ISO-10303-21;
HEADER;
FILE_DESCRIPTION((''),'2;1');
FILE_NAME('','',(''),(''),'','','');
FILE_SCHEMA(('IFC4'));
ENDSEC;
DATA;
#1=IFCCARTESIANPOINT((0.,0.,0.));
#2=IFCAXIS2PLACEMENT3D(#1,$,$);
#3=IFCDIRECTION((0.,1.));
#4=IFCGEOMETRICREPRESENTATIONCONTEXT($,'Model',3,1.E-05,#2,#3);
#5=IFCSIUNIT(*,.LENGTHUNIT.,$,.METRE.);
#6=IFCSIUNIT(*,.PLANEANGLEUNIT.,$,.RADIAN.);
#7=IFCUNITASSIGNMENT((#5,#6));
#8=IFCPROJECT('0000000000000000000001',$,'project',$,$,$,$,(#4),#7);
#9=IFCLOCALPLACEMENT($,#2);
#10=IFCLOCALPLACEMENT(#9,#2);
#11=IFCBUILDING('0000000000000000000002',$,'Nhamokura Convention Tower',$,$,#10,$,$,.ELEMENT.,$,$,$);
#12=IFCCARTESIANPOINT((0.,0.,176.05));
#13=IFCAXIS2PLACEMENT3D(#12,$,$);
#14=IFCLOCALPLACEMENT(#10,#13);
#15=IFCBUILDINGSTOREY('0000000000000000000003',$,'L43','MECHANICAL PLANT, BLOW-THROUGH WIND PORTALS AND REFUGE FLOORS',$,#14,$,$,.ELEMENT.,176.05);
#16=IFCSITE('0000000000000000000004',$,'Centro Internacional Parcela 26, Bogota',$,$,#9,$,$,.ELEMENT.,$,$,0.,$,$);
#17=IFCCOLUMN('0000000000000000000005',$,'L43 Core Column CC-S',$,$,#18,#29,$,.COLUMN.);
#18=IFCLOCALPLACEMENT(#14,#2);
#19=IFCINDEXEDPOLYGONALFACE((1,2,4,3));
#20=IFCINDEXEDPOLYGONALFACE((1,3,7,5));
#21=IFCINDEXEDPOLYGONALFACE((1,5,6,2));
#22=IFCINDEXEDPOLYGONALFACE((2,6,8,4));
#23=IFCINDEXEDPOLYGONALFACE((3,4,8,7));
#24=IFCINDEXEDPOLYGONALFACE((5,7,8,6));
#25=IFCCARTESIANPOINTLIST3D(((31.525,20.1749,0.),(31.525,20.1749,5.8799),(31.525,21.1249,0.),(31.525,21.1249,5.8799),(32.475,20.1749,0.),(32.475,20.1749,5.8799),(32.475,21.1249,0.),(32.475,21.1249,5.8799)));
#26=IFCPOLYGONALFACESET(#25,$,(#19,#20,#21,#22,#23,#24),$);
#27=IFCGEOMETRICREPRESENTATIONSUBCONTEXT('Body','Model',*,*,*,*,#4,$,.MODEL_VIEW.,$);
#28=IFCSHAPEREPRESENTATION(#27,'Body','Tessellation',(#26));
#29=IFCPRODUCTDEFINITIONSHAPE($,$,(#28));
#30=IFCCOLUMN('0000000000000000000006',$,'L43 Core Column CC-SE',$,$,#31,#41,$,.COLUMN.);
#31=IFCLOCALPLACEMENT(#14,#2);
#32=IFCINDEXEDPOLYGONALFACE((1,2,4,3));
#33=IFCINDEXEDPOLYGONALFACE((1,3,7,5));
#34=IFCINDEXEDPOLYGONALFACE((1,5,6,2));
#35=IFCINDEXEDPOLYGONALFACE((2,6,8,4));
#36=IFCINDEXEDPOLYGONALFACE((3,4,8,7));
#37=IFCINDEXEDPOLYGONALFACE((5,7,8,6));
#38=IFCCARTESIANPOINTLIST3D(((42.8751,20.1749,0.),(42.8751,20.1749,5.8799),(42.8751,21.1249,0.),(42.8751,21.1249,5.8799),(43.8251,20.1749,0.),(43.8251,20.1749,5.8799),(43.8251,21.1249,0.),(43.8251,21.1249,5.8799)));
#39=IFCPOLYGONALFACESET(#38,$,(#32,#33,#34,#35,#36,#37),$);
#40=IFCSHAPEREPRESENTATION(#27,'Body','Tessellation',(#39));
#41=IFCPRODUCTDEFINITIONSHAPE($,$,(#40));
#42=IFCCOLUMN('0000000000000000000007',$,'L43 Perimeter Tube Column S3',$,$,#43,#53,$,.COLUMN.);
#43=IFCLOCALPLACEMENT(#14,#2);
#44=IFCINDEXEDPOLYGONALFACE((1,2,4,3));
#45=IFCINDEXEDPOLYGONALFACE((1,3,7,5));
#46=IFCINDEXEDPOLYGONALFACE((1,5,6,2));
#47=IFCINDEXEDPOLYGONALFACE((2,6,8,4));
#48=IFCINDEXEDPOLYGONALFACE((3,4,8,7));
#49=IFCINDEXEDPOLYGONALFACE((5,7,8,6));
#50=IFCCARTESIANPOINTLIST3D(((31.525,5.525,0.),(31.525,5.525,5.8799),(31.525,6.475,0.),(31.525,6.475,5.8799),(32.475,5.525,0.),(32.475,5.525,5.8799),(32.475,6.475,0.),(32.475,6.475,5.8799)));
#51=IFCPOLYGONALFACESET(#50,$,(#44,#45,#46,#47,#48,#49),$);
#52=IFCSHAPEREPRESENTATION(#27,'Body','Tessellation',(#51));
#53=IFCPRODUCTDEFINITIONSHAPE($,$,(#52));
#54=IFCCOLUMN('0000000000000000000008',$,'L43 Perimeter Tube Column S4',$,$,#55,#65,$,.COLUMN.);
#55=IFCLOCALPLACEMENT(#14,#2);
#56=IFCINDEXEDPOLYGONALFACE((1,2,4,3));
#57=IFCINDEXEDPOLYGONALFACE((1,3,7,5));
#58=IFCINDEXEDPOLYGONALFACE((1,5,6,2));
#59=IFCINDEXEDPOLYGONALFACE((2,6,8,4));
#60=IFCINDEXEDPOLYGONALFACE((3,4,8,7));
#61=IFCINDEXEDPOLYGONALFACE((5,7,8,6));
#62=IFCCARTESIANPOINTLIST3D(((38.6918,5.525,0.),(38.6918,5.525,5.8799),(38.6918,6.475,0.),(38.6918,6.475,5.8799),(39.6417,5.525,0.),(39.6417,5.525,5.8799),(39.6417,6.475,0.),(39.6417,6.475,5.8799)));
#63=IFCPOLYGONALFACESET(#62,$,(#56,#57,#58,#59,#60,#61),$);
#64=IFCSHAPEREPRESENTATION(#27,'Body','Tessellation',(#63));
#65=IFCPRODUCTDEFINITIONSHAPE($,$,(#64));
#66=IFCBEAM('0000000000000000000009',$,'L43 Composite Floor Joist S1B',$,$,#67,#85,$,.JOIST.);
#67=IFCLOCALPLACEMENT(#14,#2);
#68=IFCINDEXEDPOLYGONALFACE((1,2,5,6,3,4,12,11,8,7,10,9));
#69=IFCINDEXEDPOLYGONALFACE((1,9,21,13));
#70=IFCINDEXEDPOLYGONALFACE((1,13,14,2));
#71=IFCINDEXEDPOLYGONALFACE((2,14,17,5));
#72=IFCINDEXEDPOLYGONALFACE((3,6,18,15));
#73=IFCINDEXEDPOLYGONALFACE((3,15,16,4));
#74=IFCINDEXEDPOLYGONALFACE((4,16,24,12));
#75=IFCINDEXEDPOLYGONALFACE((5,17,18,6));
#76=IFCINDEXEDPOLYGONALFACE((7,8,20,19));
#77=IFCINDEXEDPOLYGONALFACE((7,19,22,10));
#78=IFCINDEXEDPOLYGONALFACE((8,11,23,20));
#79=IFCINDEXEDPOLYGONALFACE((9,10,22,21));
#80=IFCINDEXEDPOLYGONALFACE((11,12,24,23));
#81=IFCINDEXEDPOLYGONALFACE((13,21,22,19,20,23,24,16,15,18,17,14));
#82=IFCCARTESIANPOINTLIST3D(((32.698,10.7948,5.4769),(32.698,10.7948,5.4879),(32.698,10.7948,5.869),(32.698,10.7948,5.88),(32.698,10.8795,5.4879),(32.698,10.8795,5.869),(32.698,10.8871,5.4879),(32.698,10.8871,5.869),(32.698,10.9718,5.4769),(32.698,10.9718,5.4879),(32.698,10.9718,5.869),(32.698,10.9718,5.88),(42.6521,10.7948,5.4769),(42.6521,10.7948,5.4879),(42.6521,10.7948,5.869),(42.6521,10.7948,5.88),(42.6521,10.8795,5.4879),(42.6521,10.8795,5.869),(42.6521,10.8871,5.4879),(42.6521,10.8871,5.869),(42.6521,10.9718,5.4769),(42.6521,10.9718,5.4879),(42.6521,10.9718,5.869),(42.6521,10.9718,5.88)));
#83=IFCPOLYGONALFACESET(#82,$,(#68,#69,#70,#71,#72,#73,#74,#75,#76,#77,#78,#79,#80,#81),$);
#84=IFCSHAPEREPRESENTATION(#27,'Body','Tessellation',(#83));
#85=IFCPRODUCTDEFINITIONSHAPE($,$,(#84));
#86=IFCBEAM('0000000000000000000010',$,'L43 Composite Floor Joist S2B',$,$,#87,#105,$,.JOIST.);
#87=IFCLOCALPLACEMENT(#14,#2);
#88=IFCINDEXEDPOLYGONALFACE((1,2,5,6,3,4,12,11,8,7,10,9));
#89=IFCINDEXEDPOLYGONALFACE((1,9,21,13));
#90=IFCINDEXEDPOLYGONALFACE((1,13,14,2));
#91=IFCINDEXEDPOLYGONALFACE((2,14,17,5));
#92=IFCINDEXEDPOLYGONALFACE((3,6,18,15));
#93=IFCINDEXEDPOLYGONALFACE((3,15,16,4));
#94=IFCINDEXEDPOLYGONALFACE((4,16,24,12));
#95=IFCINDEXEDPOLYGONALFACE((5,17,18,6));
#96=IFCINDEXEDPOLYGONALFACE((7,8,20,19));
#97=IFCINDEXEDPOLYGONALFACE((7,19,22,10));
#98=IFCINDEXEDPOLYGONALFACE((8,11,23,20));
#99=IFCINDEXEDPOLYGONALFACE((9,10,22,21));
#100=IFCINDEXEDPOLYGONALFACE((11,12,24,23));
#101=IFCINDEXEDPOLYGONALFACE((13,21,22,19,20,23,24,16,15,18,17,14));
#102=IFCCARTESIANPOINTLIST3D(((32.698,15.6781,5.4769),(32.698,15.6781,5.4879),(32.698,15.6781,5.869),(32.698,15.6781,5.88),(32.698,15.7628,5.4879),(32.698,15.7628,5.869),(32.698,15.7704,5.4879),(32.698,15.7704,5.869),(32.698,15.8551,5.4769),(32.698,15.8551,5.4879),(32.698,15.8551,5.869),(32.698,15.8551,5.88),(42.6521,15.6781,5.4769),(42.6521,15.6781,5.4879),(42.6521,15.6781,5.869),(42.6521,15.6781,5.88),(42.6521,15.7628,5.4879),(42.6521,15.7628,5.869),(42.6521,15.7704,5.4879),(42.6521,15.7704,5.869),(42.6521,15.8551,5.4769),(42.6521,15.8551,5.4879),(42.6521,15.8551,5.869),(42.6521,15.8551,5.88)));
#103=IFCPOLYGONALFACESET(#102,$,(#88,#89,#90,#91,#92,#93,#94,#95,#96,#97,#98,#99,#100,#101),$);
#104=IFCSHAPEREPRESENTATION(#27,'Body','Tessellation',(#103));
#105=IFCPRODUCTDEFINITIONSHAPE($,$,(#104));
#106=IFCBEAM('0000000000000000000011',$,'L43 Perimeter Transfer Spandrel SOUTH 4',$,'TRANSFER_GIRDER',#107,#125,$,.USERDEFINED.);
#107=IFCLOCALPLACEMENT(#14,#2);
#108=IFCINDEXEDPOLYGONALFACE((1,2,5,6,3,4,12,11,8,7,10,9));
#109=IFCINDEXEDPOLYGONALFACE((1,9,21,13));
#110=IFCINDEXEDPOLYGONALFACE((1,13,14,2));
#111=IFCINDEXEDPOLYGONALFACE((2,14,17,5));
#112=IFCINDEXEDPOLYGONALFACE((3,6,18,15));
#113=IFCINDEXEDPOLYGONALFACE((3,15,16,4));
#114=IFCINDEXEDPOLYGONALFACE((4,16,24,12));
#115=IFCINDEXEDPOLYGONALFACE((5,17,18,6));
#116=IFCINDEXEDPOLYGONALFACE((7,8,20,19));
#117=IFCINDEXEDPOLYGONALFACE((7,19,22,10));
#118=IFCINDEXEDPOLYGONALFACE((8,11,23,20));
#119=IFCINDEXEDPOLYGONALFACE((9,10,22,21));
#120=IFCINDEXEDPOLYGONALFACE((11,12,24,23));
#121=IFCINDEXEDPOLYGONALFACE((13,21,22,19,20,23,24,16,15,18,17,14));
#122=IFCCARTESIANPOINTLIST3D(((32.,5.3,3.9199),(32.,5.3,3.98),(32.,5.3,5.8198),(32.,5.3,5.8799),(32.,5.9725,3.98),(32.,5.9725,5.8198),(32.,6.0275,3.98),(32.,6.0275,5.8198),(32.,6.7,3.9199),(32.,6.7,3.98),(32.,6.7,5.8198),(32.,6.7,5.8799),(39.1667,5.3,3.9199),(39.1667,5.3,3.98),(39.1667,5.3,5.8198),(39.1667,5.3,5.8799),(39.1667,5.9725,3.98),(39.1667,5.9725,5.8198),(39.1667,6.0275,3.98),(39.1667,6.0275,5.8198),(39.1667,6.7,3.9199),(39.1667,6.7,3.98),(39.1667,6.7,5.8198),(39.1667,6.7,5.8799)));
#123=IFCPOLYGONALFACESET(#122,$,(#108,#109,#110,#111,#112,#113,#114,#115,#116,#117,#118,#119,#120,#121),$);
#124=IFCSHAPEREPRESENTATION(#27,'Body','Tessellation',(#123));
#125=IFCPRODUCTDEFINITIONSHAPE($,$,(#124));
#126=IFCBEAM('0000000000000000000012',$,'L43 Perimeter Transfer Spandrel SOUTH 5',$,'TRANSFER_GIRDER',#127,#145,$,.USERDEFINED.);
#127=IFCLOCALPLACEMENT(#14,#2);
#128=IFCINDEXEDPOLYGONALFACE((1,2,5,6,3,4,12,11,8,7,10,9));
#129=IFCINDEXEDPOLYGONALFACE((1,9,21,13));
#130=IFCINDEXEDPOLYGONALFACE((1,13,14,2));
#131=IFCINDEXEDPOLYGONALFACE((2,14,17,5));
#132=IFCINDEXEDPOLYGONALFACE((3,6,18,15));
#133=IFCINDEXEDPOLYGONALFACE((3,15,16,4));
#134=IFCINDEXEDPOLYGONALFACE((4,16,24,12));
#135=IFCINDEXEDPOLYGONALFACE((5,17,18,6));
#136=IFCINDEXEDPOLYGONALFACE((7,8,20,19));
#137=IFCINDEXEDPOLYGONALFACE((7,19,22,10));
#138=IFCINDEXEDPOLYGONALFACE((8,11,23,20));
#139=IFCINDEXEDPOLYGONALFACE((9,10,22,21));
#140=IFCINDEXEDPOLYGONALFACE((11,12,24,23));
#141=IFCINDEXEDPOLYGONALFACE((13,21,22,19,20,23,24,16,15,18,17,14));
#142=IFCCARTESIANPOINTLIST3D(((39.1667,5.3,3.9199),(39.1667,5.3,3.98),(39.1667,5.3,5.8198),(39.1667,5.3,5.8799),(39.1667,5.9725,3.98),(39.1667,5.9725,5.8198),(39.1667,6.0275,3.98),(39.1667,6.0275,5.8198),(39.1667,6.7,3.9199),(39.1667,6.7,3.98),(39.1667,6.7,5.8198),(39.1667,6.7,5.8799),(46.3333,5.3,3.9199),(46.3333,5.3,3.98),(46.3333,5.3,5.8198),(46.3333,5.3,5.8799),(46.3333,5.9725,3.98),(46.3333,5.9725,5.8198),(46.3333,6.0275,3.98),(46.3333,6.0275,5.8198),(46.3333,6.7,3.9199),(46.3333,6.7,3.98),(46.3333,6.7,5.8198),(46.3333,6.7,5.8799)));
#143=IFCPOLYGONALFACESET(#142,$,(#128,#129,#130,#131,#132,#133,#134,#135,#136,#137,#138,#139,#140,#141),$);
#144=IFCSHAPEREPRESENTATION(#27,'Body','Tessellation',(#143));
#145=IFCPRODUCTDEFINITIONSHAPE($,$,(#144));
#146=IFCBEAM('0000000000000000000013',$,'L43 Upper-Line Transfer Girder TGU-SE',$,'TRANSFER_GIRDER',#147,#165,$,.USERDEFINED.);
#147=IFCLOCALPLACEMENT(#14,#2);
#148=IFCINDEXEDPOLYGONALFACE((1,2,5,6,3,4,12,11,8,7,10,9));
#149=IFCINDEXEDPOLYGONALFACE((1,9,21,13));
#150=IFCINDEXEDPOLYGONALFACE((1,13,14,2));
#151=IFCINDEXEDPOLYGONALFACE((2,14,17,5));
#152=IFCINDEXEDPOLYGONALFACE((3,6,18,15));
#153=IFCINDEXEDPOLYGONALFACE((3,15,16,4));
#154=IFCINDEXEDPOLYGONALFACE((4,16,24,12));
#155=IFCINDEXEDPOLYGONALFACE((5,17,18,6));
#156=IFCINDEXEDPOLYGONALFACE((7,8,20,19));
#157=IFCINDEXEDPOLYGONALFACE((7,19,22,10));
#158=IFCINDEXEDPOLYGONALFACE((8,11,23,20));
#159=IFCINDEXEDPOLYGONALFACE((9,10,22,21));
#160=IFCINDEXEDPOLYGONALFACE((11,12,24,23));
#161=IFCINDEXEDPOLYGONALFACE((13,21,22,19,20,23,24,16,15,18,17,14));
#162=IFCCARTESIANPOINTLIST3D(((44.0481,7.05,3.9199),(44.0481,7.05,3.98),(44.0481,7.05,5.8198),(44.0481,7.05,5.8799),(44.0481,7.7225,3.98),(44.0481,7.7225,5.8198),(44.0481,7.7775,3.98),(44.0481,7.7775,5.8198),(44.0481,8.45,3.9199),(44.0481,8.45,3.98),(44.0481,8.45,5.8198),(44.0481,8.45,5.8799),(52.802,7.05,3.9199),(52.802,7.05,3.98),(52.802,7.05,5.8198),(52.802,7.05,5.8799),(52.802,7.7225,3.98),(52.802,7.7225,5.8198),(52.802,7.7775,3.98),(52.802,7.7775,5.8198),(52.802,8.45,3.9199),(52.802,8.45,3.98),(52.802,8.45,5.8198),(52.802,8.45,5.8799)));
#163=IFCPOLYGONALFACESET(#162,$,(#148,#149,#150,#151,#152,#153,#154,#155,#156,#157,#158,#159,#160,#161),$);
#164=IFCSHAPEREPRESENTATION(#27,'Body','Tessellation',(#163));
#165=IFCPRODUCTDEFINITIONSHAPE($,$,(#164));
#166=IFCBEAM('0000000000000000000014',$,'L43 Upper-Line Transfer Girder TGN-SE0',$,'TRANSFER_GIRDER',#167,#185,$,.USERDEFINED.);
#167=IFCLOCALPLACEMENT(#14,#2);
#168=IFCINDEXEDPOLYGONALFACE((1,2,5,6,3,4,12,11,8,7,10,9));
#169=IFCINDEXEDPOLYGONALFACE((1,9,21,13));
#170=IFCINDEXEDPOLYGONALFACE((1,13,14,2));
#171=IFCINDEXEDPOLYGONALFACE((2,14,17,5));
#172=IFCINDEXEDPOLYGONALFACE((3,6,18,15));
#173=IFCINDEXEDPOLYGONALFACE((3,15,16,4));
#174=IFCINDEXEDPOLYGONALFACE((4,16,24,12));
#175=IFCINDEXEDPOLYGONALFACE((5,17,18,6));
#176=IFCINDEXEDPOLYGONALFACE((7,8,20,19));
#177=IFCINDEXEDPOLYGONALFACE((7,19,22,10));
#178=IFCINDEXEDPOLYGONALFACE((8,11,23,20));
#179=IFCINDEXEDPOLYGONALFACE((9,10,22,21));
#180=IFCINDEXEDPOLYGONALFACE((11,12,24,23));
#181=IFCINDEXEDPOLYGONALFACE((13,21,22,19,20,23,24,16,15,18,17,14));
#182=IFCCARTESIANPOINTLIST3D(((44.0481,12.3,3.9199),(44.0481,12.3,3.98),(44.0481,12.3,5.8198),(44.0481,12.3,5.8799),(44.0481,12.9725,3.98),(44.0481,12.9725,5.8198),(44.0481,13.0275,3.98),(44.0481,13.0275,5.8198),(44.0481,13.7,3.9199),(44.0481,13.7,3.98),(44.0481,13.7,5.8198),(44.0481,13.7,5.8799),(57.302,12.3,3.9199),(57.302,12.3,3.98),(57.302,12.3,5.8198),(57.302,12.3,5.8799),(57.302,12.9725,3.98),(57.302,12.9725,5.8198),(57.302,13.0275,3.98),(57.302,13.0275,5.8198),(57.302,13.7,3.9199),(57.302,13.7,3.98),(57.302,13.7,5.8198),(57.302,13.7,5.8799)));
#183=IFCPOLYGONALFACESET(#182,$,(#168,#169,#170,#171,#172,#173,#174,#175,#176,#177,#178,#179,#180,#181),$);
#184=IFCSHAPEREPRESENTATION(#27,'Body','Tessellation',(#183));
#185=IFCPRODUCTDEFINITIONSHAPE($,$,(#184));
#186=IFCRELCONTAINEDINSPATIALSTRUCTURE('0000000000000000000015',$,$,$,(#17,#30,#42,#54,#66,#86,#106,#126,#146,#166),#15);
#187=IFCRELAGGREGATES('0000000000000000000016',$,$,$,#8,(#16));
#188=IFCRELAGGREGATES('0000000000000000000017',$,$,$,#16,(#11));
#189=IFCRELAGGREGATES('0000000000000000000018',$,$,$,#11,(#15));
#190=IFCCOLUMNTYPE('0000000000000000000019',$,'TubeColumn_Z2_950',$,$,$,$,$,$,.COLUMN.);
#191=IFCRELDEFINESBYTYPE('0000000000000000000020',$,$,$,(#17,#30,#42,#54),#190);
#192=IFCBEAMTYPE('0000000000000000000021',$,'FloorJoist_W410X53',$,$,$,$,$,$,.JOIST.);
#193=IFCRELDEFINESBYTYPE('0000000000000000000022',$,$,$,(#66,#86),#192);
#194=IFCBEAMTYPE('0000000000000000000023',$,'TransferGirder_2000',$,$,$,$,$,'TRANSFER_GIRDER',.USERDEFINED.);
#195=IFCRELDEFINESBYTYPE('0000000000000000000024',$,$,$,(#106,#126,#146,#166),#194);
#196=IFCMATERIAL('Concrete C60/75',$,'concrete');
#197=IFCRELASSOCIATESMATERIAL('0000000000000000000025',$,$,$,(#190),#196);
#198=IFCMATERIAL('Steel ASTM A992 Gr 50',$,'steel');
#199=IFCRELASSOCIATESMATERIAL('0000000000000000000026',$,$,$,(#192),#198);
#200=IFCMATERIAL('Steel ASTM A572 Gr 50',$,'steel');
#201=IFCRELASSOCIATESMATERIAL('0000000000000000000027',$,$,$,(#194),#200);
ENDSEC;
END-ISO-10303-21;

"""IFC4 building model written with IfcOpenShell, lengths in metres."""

from ifc_helpers import new_model, si_unit, direction, frame, origin, origin_2d, place, context, subcontext, project, spatial, rectangle, i_section, extrude, material, material_profile, profile_set, type_object, element, save


model = new_model("IFC4")

# Units and contexts
model_context = context("Model", 3, precision=1e-05, world=origin(), true_north=direction((0.0, 1.0)))
body_context = subcontext(model_context, "Body", "Model", "MODEL_VIEW")
ifc_project = project(units=[si_unit("LENGTHUNIT", "METRE"), si_unit("PLANEANGLEUNIT", "RADIAN")], contexts=[model_context])

# Site, building, storey
site_placement = place(None, origin())
site = spatial("IfcSite", under=ifc_project, at=site_placement, Name="Centro Internacional Parcela 26, Bogota", CompositionType="ELEMENT", RefElevation=0.0)
building_placement = place(site_placement, origin())
building = spatial("IfcBuilding", under=site, at=building_placement, Name="Nhamokura Convention Tower", CompositionType="ELEMENT")
storey_placement = place(building_placement, frame((0.0, 0.0, 176.05)))
storey = spatial("IfcBuildingStorey", under=building, at=storey_placement, Name="L43", Description="MECHANICAL PLANT, BLOW-THROUGH WIND PORTALS AND REFUGE FLOORS", CompositionType="ELEMENT", Elevation=176.05)

# Columns
ifc_material_1 = material(Name="Concrete C60/75", Category="concrete")
ifc_material_profile_1 = material_profile(ifc_material_1, rectangle(XDim=0.95, YDim=0.95, at=origin_2d()))
ifc_profile_set_1 = profile_set([ifc_material_profile_1], Name="Concrete C60/75")
column_type = type_object("IfcColumnType", Name="TubeColumn_Z2_950", PredefinedType="COLUMN", material=ifc_profile_set_1)
for number, where, z_axis, x_axis, name in (
    (1, (32.0, 20.6499, 0.0), (0.0, 0.0, 1.0), (1.0, 0.0, 0.0), "L43 Core Column CC-S"),
    (2, (43.3501, 20.6499, 0.0), (0.0, 0.0, 1.0), (1.0, 0.0, 0.0), "L43 Core Column CC-SE"),
    (3, (32.0, 6.0, 0.0), (0.0, 0.0, 1.0), (1.0, 0.0, 0.0), "L43 Perimeter Tube Column S3"),
    (4, (39.1667, 6.0, 0.0), (0.0, 0.0, 1.0), (1.0, 0.0, 0.0), "L43 Perimeter Tube Column S4"),
):
    element("IfcColumn", number, at=place(storey_placement, frame(where, z_axis=z_axis, x_axis=x_axis)), inside=storey, type_object=column_type, Name=name, PredefinedType="COLUMN", context=body_context, shape_type="SweptSolid", body=[
        extrude(rectangle(XDim=0.95, YDim=0.95, at=origin_2d()), origin(), (0.0, 0.0, 1.0), 5.8799),
    ])

# Beams
ifc_material_2 = material(Name="Steel ASTM A992 Gr 50", Category="steel")
ifc_material_profile_2 = material_profile(ifc_material_2, i_section(OverallWidth=0.177, OverallDepth=0.4031, WebThickness=0.0076, FlangeThickness=0.011, at=origin_2d()))
ifc_profile_set_2 = profile_set([ifc_material_profile_2], Name="Steel ASTM A992 Gr 50")
beam_type_1 = type_object("IfcBeamType", Name="FloorJoist_W410X53", PredefinedType="JOIST", material=ifc_profile_set_2)
for number, where, z_axis, x_axis, name in (
    (5, (32.698, 10.8833, 5.6785), (1.0, 0.0, 0.0), (0.0, 1.0, 0.0), "L43 Composite Floor Joist S1B"),
    (6, (32.698, 15.7666, 5.6785), (1.0, 0.0, 0.0), (0.0, 1.0, 0.0), "L43 Composite Floor Joist S2B"),
):
    element("IfcBeam", number, at=place(storey_placement, frame(where, z_axis=z_axis, x_axis=x_axis)), inside=storey, type_object=beam_type_1, Name=name, PredefinedType="JOIST", context=body_context, shape_type="SweptSolid", body=[
        extrude(i_section(OverallWidth=0.177, OverallDepth=0.4031, WebThickness=0.0076, FlangeThickness=0.011, at=origin_2d()), origin(), (0.0, 0.0, 1.0), 9.9541),
    ])
ifc_material_3 = material(Name="Steel ASTM A572 Gr 50", Category="steel")
ifc_material_profile_3 = material_profile(ifc_material_3, i_section(OverallWidth=1.3999, OverallDepth=1.96, WebThickness=0.0549, FlangeThickness=0.0601, at=origin_2d()))
ifc_profile_set_3 = profile_set([ifc_material_profile_3], Name="Steel ASTM A572 Gr 50")
beam_type_2 = type_object("IfcBeamType", Name="TransferGirder_2000", ElementType="TRANSFER_GIRDER", PredefinedType="USERDEFINED", material=ifc_profile_set_3)
beam_1_placement = place(storey_placement, frame((32.0, 6.0, 4.8999), z_axis=(1.0, 0.0, 0.0), x_axis=(0.0, 1.0, 0.0)))
element("IfcBeam", 7, at=beam_1_placement, inside=storey, type_object=beam_type_2, Name="L43 Perimeter Transfer Spandrel SOUTH 4", ObjectType="TRANSFER_GIRDER", PredefinedType="USERDEFINED", context=body_context, shape_type="SweptSolid", body=[
    extrude(i_section(OverallWidth=1.3999, OverallDepth=1.96, WebThickness=0.0549, FlangeThickness=0.0601, at=origin_2d()), origin(), (0.0, 0.0, 1.0), 7.1667),
])
beam_2_placement = place(storey_placement, frame((39.1667, 6.0, 4.8999), z_axis=(1.0, 0.0, 0.0), x_axis=(0.0, 1.0, 0.0)))
element("IfcBeam", 8, at=beam_2_placement, inside=storey, type_object=beam_type_2, Name="L43 Perimeter Transfer Spandrel SOUTH 5", ObjectType="TRANSFER_GIRDER", PredefinedType="USERDEFINED", context=body_context, shape_type="SweptSolid", body=[
    extrude(i_section(OverallWidth=1.3999, OverallDepth=1.96, WebThickness=0.0549, FlangeThickness=0.0601, at=origin_2d()), origin(), (0.0, 0.0, 1.0), 7.1665),
])
beam_3_placement = place(storey_placement, frame((44.0481, 7.75, 4.8999), z_axis=(1.0, 0.0, 0.0), x_axis=(0.0, 1.0, 0.0)))
element("IfcBeam", 9, at=beam_3_placement, inside=storey, type_object=beam_type_2, Name="L43 Upper-Line Transfer Girder TGU-SE", ObjectType="TRANSFER_GIRDER", PredefinedType="USERDEFINED", context=body_context, shape_type="SweptSolid", body=[
    extrude(i_section(OverallWidth=1.3999, OverallDepth=1.96, WebThickness=0.0549, FlangeThickness=0.0601, at=origin_2d()), origin(), (0.0, 0.0, 1.0), 8.7539),
])
beam_4_placement = place(storey_placement, frame((44.0481, 13.0, 4.8999), z_axis=(1.0, 0.0, 0.0), x_axis=(0.0, 1.0, 0.0)))
element("IfcBeam", 10, at=beam_4_placement, inside=storey, type_object=beam_type_2, Name="L43 Upper-Line Transfer Girder TGN-SE0", ObjectType="TRANSFER_GIRDER", PredefinedType="USERDEFINED", context=body_context, shape_type="SweptSolid", body=[
    extrude(i_section(OverallWidth=1.3999, OverallDepth=1.96, WebThickness=0.0549, FlangeThickness=0.0601, at=origin_2d()), origin(), (0.0, 0.0, 1.0), 13.2539),
])

save(model, "model.ifc")
